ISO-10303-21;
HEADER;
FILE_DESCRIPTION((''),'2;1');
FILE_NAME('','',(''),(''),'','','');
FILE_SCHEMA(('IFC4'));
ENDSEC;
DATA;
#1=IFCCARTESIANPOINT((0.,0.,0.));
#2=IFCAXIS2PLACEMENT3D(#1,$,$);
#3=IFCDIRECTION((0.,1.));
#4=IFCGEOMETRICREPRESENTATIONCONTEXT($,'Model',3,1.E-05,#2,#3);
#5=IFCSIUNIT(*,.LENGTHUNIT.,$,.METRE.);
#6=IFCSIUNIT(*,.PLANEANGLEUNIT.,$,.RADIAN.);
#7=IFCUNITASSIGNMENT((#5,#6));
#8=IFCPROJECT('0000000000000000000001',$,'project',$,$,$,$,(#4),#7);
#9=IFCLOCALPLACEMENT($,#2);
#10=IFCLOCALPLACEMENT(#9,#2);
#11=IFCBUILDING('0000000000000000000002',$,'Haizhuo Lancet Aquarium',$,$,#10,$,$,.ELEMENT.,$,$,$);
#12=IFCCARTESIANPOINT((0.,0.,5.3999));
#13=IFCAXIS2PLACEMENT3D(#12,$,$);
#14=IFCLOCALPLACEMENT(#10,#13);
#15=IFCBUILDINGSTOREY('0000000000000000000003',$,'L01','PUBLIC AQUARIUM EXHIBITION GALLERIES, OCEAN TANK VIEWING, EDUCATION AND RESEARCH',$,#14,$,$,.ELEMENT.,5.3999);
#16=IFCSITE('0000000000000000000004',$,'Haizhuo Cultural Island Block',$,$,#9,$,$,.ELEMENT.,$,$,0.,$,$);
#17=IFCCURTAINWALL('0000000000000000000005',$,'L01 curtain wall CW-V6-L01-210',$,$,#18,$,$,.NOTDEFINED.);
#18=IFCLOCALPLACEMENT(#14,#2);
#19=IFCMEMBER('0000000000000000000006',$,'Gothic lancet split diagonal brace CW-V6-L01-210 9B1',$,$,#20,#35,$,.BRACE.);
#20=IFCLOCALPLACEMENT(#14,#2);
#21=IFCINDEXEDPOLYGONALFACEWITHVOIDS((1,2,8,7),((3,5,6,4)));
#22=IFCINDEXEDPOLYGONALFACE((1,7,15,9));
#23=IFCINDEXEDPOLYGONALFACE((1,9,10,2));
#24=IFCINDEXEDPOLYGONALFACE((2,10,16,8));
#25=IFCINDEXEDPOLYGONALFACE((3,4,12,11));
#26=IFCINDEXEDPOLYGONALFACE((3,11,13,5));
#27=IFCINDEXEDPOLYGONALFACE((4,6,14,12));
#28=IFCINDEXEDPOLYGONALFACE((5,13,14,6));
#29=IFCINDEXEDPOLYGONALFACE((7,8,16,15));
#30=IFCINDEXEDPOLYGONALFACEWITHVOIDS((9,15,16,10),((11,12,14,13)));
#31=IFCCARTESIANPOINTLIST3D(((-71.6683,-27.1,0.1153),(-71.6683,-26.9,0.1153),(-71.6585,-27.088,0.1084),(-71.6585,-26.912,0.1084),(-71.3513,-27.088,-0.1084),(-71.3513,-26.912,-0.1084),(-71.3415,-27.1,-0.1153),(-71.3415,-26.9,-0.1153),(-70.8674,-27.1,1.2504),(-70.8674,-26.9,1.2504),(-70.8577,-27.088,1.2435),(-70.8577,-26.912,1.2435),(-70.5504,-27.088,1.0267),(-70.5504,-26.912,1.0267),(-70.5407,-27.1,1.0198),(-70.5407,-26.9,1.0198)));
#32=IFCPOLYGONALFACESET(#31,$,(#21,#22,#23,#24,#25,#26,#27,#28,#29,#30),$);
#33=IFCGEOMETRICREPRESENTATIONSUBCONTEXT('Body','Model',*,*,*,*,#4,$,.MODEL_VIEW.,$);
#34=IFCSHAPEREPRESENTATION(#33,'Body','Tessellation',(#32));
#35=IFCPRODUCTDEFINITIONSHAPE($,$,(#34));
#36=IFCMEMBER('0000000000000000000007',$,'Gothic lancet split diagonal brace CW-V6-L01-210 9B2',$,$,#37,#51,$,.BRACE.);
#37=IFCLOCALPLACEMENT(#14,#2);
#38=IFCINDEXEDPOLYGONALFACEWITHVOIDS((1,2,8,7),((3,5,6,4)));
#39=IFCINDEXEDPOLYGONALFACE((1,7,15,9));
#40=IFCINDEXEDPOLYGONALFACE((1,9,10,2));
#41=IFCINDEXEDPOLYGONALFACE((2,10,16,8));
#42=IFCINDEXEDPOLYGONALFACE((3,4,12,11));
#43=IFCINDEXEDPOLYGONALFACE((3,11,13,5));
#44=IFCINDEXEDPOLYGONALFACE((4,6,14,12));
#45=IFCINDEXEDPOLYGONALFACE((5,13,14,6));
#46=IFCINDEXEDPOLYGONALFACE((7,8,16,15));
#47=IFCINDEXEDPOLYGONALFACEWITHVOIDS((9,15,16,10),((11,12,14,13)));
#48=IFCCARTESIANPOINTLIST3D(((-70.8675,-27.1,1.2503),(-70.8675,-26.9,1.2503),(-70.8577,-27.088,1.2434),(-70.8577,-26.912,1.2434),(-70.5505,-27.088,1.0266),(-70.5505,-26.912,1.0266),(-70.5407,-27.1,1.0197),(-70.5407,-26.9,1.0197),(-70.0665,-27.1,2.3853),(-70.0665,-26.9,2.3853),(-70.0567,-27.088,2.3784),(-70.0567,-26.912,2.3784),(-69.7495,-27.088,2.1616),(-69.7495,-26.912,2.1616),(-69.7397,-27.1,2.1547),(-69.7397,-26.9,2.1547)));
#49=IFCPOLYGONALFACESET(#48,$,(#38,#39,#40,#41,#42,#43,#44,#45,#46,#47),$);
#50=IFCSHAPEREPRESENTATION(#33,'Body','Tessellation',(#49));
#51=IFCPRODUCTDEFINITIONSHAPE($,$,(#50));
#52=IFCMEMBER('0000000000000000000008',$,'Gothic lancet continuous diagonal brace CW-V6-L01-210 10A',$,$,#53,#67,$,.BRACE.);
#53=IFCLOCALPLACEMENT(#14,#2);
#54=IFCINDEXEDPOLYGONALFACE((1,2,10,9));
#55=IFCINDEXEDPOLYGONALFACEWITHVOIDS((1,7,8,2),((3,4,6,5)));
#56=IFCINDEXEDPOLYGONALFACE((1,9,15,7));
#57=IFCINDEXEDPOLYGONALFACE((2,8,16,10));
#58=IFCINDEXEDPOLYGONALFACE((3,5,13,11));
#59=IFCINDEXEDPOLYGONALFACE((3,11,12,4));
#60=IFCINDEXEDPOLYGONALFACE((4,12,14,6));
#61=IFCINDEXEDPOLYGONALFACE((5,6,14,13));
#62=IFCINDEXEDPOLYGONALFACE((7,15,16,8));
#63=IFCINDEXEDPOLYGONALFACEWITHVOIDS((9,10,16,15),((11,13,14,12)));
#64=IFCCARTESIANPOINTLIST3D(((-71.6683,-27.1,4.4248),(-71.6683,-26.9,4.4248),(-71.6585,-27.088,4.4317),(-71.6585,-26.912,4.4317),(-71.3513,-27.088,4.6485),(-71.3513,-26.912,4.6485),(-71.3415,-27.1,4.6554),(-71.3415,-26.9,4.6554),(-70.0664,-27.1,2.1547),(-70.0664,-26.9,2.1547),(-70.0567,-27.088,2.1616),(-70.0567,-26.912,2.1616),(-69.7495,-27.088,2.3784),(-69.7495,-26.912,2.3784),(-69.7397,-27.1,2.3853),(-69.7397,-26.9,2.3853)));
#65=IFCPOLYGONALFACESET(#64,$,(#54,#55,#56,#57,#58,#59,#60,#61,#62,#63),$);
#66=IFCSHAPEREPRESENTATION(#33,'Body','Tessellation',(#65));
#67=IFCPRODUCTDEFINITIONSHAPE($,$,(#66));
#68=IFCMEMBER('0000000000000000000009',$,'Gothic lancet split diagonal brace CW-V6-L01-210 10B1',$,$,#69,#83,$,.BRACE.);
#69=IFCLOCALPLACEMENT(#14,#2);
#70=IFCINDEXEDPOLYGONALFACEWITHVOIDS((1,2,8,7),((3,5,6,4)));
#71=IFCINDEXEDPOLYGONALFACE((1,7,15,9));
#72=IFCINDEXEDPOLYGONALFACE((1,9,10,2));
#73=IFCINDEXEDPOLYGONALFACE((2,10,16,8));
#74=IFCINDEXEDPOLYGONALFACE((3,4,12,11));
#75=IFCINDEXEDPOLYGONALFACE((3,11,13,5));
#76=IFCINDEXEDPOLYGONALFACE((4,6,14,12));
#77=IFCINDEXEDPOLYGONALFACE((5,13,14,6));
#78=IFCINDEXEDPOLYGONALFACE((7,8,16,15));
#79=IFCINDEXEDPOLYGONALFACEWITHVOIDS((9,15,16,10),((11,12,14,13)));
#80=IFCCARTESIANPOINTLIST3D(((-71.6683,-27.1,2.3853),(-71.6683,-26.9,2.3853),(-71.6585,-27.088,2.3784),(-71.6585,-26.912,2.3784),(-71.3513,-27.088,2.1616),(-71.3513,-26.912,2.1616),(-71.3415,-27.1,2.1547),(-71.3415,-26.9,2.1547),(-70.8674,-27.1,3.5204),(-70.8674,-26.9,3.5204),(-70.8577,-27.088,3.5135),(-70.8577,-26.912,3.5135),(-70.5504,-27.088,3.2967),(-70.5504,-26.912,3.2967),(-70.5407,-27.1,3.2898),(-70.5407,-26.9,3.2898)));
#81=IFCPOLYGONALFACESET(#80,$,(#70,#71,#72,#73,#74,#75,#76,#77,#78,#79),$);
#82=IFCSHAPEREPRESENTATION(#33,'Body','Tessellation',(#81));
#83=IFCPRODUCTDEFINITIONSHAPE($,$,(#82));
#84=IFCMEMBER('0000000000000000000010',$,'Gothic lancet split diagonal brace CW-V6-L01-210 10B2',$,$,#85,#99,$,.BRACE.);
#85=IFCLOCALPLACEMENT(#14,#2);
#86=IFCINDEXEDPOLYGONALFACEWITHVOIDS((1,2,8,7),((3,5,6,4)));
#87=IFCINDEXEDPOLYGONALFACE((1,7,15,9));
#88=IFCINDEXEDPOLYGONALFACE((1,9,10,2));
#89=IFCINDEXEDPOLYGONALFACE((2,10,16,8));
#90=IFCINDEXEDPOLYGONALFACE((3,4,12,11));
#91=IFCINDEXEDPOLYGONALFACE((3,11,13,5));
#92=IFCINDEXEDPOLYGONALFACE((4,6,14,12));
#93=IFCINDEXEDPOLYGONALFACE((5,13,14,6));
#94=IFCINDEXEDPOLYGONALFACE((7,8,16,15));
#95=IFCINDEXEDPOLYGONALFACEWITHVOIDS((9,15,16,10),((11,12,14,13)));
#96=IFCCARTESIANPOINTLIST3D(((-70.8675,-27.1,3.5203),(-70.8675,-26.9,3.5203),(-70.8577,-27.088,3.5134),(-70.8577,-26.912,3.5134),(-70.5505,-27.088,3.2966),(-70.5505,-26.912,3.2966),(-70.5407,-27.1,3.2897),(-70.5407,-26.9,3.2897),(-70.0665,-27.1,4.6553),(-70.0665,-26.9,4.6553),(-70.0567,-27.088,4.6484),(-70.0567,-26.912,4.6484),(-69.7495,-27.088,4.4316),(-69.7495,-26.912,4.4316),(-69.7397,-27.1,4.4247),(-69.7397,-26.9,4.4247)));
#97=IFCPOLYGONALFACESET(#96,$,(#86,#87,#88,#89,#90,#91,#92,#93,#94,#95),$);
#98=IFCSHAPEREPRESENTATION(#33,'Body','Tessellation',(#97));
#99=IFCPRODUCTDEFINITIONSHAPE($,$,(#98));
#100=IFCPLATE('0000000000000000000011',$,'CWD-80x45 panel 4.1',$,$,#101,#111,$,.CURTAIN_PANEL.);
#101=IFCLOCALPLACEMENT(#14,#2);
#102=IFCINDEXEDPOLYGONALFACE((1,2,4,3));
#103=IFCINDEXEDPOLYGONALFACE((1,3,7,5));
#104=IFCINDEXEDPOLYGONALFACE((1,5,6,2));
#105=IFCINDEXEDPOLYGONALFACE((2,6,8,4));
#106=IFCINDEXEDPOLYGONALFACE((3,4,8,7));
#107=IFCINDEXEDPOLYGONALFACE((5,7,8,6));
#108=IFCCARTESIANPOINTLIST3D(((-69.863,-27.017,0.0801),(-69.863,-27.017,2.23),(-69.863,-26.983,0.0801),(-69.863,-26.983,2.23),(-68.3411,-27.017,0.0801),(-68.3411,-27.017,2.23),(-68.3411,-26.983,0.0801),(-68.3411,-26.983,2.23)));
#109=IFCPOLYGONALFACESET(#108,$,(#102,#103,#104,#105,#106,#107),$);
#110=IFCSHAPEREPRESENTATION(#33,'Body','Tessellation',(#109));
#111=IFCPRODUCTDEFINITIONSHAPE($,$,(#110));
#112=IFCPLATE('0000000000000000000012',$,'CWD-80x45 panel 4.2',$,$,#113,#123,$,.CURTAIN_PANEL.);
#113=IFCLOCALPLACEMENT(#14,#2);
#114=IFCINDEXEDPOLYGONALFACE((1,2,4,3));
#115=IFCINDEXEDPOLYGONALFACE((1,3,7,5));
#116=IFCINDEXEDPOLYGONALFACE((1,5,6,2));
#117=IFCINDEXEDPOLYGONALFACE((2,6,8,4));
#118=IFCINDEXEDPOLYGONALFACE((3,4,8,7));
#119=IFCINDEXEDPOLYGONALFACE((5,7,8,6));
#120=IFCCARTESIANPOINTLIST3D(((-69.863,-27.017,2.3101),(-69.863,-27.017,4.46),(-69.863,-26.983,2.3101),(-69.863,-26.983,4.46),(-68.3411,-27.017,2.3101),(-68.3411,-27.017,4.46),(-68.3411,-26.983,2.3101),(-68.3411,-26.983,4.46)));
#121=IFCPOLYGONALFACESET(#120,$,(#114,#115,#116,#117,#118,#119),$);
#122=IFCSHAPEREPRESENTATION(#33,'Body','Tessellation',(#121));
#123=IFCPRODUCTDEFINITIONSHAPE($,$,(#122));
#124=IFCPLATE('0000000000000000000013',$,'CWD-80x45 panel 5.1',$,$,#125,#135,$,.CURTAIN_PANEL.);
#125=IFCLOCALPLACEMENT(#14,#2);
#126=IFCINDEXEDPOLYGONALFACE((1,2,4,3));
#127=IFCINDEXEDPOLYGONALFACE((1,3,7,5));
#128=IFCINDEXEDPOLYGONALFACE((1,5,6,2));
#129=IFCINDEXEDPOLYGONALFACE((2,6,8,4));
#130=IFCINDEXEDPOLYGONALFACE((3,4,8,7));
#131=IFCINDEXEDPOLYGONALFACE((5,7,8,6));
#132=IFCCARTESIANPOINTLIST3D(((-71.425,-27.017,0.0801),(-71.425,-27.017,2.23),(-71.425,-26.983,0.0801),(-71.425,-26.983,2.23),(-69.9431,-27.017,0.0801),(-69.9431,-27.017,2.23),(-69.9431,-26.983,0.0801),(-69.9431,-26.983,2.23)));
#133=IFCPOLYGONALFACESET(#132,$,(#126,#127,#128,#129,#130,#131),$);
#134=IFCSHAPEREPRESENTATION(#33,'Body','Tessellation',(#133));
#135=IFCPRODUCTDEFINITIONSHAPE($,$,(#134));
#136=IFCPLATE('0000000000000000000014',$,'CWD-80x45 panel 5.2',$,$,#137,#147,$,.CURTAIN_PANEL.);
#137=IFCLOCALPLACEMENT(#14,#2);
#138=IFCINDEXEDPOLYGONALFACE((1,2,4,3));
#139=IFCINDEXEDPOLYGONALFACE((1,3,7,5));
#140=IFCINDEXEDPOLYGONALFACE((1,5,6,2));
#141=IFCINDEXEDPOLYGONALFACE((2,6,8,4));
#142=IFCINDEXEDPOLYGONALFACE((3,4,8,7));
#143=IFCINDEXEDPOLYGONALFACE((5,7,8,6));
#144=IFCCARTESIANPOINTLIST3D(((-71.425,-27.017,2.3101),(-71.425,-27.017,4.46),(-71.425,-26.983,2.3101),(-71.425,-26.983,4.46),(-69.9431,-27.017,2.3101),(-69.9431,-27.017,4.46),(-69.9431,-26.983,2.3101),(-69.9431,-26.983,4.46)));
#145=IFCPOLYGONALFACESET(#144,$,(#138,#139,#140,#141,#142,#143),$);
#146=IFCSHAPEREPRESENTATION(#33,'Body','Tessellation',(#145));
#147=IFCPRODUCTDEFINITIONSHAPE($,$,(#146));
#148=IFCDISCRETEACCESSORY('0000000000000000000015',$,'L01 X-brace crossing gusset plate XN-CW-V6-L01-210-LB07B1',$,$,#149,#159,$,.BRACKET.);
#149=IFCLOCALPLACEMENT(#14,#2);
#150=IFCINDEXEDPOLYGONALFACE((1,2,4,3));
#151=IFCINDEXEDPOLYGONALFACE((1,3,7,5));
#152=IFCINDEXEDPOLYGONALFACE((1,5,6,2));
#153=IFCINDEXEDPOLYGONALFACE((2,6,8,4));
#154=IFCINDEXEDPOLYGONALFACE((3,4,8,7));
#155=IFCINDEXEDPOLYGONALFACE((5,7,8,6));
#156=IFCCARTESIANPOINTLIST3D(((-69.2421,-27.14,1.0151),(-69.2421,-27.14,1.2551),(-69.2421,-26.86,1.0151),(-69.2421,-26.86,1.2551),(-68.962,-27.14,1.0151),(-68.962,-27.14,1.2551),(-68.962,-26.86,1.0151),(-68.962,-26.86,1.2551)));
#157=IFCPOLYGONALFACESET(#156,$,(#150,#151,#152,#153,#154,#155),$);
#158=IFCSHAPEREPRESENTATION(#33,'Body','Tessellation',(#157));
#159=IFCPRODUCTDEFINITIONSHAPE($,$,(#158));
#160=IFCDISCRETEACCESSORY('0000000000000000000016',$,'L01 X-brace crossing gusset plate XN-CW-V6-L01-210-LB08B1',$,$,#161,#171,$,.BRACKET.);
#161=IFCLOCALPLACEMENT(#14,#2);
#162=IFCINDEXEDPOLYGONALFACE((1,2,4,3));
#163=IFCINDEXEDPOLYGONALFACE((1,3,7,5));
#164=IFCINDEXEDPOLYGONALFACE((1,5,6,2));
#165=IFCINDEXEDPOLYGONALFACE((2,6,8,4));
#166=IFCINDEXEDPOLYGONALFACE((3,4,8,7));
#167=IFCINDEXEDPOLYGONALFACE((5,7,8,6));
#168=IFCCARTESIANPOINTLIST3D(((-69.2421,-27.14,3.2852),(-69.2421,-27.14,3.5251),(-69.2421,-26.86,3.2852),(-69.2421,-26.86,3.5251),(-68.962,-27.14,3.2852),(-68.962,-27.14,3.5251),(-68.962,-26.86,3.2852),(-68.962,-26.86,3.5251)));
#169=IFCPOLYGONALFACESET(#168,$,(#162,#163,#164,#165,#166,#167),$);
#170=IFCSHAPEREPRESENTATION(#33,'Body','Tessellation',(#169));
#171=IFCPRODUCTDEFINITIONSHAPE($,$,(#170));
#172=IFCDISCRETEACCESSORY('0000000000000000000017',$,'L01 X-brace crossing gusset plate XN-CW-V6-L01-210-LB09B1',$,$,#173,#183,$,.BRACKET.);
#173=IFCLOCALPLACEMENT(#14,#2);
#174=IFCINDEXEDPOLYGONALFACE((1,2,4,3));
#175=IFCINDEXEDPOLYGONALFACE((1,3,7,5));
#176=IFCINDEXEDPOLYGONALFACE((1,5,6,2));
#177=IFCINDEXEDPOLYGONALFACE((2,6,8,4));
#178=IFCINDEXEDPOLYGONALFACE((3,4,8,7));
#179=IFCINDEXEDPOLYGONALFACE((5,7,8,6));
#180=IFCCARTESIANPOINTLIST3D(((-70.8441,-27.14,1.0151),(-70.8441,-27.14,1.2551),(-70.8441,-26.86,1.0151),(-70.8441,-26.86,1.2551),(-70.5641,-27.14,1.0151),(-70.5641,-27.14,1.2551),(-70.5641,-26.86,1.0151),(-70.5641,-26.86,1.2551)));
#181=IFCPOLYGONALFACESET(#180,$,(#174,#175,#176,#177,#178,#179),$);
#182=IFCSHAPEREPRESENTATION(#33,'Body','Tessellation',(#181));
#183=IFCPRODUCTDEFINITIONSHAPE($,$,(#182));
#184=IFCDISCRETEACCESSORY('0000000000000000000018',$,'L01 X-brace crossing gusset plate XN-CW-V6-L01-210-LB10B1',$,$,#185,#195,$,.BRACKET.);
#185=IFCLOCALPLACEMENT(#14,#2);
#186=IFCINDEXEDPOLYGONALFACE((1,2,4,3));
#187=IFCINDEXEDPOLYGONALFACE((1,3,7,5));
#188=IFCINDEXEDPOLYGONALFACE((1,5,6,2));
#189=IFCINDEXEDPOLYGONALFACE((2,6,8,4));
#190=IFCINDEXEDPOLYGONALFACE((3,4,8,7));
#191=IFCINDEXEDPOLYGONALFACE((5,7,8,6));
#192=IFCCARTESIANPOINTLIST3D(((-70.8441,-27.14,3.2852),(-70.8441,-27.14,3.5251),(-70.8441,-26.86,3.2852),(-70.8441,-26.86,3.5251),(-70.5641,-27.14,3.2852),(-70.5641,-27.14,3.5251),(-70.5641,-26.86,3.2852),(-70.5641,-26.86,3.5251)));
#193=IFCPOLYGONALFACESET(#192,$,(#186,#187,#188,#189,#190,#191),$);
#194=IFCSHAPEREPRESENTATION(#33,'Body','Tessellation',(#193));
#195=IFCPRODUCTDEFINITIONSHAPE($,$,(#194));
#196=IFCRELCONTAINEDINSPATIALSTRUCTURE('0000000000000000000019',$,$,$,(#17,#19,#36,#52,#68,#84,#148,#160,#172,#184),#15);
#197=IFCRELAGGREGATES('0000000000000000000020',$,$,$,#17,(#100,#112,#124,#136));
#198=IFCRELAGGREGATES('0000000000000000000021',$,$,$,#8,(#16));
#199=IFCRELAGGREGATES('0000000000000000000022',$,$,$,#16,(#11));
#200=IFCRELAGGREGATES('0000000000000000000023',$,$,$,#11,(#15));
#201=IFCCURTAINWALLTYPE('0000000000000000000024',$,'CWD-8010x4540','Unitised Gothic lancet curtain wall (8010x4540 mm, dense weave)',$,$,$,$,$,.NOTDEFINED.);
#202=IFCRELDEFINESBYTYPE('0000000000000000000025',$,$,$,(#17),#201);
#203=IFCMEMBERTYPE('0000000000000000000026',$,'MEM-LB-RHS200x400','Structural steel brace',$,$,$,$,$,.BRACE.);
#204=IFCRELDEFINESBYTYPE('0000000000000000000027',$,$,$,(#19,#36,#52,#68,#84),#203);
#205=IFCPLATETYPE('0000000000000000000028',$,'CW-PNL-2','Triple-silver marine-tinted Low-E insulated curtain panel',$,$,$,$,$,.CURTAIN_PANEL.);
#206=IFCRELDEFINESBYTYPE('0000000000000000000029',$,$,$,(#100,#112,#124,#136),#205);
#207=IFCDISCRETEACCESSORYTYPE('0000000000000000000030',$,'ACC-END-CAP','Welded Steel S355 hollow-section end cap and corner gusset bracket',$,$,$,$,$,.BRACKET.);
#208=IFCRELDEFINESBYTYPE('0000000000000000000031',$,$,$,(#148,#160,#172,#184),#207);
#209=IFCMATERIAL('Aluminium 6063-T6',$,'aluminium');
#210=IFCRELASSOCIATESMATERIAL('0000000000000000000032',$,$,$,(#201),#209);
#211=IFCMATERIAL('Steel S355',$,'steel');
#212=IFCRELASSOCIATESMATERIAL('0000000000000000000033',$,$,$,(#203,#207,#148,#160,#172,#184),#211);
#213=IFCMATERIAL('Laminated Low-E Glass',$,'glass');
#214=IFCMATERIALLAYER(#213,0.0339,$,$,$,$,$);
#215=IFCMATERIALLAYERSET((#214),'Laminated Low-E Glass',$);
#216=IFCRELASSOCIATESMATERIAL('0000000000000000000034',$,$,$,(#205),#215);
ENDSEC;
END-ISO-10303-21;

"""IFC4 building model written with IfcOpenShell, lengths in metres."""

from ifc_helpers import new_model, si_unit, direction, frame, origin, origin_2d, place, context, subcontext, project, spatial, rectangle, hollow_rectangle, extrude, material, layer, layer_set, material_profile, profile_set, type_object, element, aggregate, save


model = new_model("IFC4")

# Units and contexts
model_context = context("Model", 3, precision=1e-05, world=origin(), true_north=direction((0.0, 1.0)))
body_context = subcontext(model_context, "Body", "Model", "MODEL_VIEW")
ifc_project = project(units=[si_unit("LENGTHUNIT", "METRE"), si_unit("PLANEANGLEUNIT", "RADIAN")], contexts=[model_context])

# Site, building, storey
site_placement = place(None, origin())
site = spatial("IfcSite", under=ifc_project, at=site_placement, Name="Haizhuo Cultural Island Block", CompositionType="ELEMENT", RefElevation=0.0)
building_placement = place(site_placement, origin())
building = spatial("IfcBuilding", under=site, at=building_placement, Name="Haizhuo Lancet Aquarium", CompositionType="ELEMENT")
storey_placement = place(building_placement, frame((0.0, 0.0, 5.3999)))
storey = spatial("IfcBuildingStorey", under=building, at=storey_placement, Name="L01", Description="PUBLIC AQUARIUM EXHIBITION GALLERIES, OCEAN TANK VIEWING, EDUCATION AND RESEARCH", CompositionType="ELEMENT", Elevation=5.3999)

# Curtain wall
ifc_material_1 = material(Name="Aluminium 6063-T6", Category="aluminium")
curtain_wall_type = type_object("IfcCurtainWallType", Name="CWD-8010x4540", Description="Unitised Gothic lancet curtain wall (8010x4540 mm, dense weave)", PredefinedType="NOTDEFINED", material=ifc_material_1)
curtain_wall_placement = place(storey_placement, origin())
curtain_wall = element("IfcCurtainWall", 1, at=curtain_wall_placement, inside=storey, type_object=curtain_wall_type, Name="L01 curtain wall CW-V6-L01-210", PredefinedType="NOTDEFINED")

# Members
ifc_material_2 = material(Name="Steel S355", Category="steel")
ifc_material_profile_1 = material_profile(ifc_material_2, hollow_rectangle(XDim=0.2, YDim=0.3999, WallThickness=0.012, at=origin_2d()), Name="RHS 200x400x12")
ifc_profile_set_1 = profile_set([ifc_material_profile_1], Name="Steel S355")
member_type_1 = type_object("IfcMemberType", Name="MEM-LB-RHS200x400", Description="Structural steel brace", PredefinedType="BRACE", material=ifc_profile_set_1)
for number, where, z_axis, x_axis, name in (
    (2, (-71.5049, -27.0, 0.0), (0.57649, 0.0, 0.817104), (0.0, 1.0, 0.0), "Gothic lancet split diagonal brace CW-V6-L01-210 9B1"),
    (3, (-70.7041, -27.0, 1.135), (0.576607, 0.0, 0.817021), (0.0, 1.0, 0.0), "Gothic lancet split diagonal brace CW-V6-L01-210 9B2"),
):
    element("IfcMember", number, at=place(storey_placement, frame(where, z_axis=z_axis, x_axis=x_axis)), inside=storey, type_object=member_type_1, Name=name, PredefinedType="BRACE", context=body_context, shape_type="SweptSolid", body=[
        extrude(hollow_rectangle(XDim=0.2, YDim=0.3999, WallThickness=0.012, at=origin_2d()), origin(), (0.0, 0.0, 1.0), 1.3892),
    ])
member_1_placement = place(storey_placement, frame((-69.9031, -27.0, 2.27), z_axis=(-0.576549, 0.0, 0.817063), x_axis=(0.0, -1.0, 0.0)))
element("IfcMember", 4, at=member_1_placement, inside=storey, type_object=member_type_1, Name="Gothic lancet continuous diagonal brace CW-V6-L01-210 10A", PredefinedType="BRACE", context=body_context, shape_type="SweptSolid", body=[
    extrude(hollow_rectangle(XDim=0.2, YDim=0.3999, WallThickness=0.012, at=origin_2d()), origin(), (0.0, 0.0, 1.0), 2.7783),
])
for number, where, z_axis, x_axis, name in (
    (5, (-71.5049, -27.0, 2.27), (0.57649, 0.0, 0.817104), (0.0, 1.0, 0.0), "Gothic lancet split diagonal brace CW-V6-L01-210 10B1"),
    (6, (-70.7041, -27.0, 3.405), (0.576607, 0.0, 0.817021), (0.0, 1.0, 0.0), "Gothic lancet split diagonal brace CW-V6-L01-210 10B2"),
):
    element("IfcMember", number, at=place(storey_placement, frame(where, z_axis=z_axis, x_axis=x_axis)), inside=storey, type_object=member_type_1, Name=name, PredefinedType="BRACE", context=body_context, shape_type="SweptSolid", body=[
        extrude(hollow_rectangle(XDim=0.2, YDim=0.3999, WallThickness=0.012, at=origin_2d()), origin(), (0.0, 0.0, 1.0), 1.3892),
    ])

# Plates
ifc_material_3 = material(Name="Laminated Low-E Glass", Category="glass")
ifc_layer = layer(ifc_material_3, 0.0339)
ifc_layer_set = layer_set([ifc_layer], Name="Laminated Low-E Glass")
plate_type = type_object("IfcPlateType", Name="CW-PNL-2", Description="Triple-silver marine-tinted Low-E insulated curtain panel", PredefinedType="CURTAIN_PANEL", material=ifc_layer_set)
plate_1_placement = place(storey_placement, frame((-69.1021, -27.0, 0.0801), z_axis=(0.0, 0.0, 1.0), x_axis=(-1.0, 0.0, 0.0)))
plate_1 = element("IfcPlate", 7, at=plate_1_placement, type_object=plate_type, Name="CWD-80x45 panel 4.1", PredefinedType="CURTAIN_PANEL", context=body_context, shape_type="SweptSolid", body=[
    extrude(rectangle(XDim=1.522, YDim=0.0339, at=origin_2d()), origin(), (0.0, 0.0, 1.0), 2.1499),
])
plate_2_placement = place(storey_placement, frame((-69.1021, -27.0, 2.3101), z_axis=(0.0, 0.0, 1.0), x_axis=(-1.0, 0.0, 0.0)))
plate_2 = element("IfcPlate", 8, at=plate_2_placement, type_object=plate_type, Name="CWD-80x45 panel 4.2", PredefinedType="CURTAIN_PANEL", context=body_context, shape_type="SweptSolid", body=[
    extrude(rectangle(XDim=1.522, YDim=0.0339, at=origin_2d()), origin(), (0.0, 0.0, 1.0), 2.1499),
])
plate_3_placement = place(storey_placement, frame((-70.6841, -27.0, 0.0801), z_axis=(0.0, 0.0, 1.0), x_axis=(-1.0, 0.0, 0.0)))
plate_3 = element("IfcPlate", 9, at=plate_3_placement, type_object=plate_type, Name="CWD-80x45 panel 5.1", PredefinedType="CURTAIN_PANEL", context=body_context, shape_type="SweptSolid", body=[
    extrude(rectangle(XDim=1.4819, YDim=0.0339, at=origin_2d()), origin(), (0.0, 0.0, 1.0), 2.1499),
])
plate_4_placement = place(storey_placement, frame((-70.6841, -27.0, 2.3101), z_axis=(0.0, 0.0, 1.0), x_axis=(-1.0, 0.0, 0.0)))
plate_4 = element("IfcPlate", 10, at=plate_4_placement, type_object=plate_type, Name="CWD-80x45 panel 5.2", PredefinedType="CURTAIN_PANEL", context=body_context, shape_type="SweptSolid", body=[
    extrude(rectangle(XDim=1.4819, YDim=0.0339, at=origin_2d()), origin(), (0.0, 0.0, 1.0), 2.1499),
])
aggregate(curtain_wall, [plate_1, plate_2, plate_3, plate_4])

# Discrete accessories
discrete_accessory_type = type_object("IfcDiscreteAccessoryType", Name="ACC-END-CAP", Description="Welded Steel S355 hollow-section end cap and corner gusset bracket", PredefinedType="BRACKET", material=ifc_material_2)
for number, where, z_axis, x_axis, name in (
    (11, (-69.1021, -27.0, 1.0151), (0.0, 0.0, 1.0), (1.0, 0.0, 0.0), "L01 X-brace crossing gusset plate XN-CW-V6-L01-210-LB07B1"),
    (12, (-69.1021, -27.0, 3.2852), (0.0, 0.0, 1.0), (1.0, 0.0, 0.0), "L01 X-brace crossing gusset plate XN-CW-V6-L01-210-LB08B1"),
    (13, (-70.7041, -27.0, 1.0151), (0.0, 0.0, 1.0), (1.0, 0.0, 0.0), "L01 X-brace crossing gusset plate XN-CW-V6-L01-210-LB09B1"),
    (14, (-70.7041, -27.0, 3.2852), (0.0, 0.0, 1.0), (1.0, 0.0, 0.0), "L01 X-brace crossing gusset plate XN-CW-V6-L01-210-LB10B1"),
):
    element("IfcDiscreteAccessory", number, at=place(storey_placement, frame(where, z_axis=z_axis, x_axis=x_axis)), inside=storey, type_object=discrete_accessory_type, material=ifc_material_2, Name=name, PredefinedType="BRACKET", context=body_context, shape_type="SweptSolid", body=[
        extrude(rectangle(XDim=0.28, YDim=0.28, at=origin_2d()), origin(), (0.0, 0.0, 1.0), 0.24),
    ])

save(model, "model.ifc")
